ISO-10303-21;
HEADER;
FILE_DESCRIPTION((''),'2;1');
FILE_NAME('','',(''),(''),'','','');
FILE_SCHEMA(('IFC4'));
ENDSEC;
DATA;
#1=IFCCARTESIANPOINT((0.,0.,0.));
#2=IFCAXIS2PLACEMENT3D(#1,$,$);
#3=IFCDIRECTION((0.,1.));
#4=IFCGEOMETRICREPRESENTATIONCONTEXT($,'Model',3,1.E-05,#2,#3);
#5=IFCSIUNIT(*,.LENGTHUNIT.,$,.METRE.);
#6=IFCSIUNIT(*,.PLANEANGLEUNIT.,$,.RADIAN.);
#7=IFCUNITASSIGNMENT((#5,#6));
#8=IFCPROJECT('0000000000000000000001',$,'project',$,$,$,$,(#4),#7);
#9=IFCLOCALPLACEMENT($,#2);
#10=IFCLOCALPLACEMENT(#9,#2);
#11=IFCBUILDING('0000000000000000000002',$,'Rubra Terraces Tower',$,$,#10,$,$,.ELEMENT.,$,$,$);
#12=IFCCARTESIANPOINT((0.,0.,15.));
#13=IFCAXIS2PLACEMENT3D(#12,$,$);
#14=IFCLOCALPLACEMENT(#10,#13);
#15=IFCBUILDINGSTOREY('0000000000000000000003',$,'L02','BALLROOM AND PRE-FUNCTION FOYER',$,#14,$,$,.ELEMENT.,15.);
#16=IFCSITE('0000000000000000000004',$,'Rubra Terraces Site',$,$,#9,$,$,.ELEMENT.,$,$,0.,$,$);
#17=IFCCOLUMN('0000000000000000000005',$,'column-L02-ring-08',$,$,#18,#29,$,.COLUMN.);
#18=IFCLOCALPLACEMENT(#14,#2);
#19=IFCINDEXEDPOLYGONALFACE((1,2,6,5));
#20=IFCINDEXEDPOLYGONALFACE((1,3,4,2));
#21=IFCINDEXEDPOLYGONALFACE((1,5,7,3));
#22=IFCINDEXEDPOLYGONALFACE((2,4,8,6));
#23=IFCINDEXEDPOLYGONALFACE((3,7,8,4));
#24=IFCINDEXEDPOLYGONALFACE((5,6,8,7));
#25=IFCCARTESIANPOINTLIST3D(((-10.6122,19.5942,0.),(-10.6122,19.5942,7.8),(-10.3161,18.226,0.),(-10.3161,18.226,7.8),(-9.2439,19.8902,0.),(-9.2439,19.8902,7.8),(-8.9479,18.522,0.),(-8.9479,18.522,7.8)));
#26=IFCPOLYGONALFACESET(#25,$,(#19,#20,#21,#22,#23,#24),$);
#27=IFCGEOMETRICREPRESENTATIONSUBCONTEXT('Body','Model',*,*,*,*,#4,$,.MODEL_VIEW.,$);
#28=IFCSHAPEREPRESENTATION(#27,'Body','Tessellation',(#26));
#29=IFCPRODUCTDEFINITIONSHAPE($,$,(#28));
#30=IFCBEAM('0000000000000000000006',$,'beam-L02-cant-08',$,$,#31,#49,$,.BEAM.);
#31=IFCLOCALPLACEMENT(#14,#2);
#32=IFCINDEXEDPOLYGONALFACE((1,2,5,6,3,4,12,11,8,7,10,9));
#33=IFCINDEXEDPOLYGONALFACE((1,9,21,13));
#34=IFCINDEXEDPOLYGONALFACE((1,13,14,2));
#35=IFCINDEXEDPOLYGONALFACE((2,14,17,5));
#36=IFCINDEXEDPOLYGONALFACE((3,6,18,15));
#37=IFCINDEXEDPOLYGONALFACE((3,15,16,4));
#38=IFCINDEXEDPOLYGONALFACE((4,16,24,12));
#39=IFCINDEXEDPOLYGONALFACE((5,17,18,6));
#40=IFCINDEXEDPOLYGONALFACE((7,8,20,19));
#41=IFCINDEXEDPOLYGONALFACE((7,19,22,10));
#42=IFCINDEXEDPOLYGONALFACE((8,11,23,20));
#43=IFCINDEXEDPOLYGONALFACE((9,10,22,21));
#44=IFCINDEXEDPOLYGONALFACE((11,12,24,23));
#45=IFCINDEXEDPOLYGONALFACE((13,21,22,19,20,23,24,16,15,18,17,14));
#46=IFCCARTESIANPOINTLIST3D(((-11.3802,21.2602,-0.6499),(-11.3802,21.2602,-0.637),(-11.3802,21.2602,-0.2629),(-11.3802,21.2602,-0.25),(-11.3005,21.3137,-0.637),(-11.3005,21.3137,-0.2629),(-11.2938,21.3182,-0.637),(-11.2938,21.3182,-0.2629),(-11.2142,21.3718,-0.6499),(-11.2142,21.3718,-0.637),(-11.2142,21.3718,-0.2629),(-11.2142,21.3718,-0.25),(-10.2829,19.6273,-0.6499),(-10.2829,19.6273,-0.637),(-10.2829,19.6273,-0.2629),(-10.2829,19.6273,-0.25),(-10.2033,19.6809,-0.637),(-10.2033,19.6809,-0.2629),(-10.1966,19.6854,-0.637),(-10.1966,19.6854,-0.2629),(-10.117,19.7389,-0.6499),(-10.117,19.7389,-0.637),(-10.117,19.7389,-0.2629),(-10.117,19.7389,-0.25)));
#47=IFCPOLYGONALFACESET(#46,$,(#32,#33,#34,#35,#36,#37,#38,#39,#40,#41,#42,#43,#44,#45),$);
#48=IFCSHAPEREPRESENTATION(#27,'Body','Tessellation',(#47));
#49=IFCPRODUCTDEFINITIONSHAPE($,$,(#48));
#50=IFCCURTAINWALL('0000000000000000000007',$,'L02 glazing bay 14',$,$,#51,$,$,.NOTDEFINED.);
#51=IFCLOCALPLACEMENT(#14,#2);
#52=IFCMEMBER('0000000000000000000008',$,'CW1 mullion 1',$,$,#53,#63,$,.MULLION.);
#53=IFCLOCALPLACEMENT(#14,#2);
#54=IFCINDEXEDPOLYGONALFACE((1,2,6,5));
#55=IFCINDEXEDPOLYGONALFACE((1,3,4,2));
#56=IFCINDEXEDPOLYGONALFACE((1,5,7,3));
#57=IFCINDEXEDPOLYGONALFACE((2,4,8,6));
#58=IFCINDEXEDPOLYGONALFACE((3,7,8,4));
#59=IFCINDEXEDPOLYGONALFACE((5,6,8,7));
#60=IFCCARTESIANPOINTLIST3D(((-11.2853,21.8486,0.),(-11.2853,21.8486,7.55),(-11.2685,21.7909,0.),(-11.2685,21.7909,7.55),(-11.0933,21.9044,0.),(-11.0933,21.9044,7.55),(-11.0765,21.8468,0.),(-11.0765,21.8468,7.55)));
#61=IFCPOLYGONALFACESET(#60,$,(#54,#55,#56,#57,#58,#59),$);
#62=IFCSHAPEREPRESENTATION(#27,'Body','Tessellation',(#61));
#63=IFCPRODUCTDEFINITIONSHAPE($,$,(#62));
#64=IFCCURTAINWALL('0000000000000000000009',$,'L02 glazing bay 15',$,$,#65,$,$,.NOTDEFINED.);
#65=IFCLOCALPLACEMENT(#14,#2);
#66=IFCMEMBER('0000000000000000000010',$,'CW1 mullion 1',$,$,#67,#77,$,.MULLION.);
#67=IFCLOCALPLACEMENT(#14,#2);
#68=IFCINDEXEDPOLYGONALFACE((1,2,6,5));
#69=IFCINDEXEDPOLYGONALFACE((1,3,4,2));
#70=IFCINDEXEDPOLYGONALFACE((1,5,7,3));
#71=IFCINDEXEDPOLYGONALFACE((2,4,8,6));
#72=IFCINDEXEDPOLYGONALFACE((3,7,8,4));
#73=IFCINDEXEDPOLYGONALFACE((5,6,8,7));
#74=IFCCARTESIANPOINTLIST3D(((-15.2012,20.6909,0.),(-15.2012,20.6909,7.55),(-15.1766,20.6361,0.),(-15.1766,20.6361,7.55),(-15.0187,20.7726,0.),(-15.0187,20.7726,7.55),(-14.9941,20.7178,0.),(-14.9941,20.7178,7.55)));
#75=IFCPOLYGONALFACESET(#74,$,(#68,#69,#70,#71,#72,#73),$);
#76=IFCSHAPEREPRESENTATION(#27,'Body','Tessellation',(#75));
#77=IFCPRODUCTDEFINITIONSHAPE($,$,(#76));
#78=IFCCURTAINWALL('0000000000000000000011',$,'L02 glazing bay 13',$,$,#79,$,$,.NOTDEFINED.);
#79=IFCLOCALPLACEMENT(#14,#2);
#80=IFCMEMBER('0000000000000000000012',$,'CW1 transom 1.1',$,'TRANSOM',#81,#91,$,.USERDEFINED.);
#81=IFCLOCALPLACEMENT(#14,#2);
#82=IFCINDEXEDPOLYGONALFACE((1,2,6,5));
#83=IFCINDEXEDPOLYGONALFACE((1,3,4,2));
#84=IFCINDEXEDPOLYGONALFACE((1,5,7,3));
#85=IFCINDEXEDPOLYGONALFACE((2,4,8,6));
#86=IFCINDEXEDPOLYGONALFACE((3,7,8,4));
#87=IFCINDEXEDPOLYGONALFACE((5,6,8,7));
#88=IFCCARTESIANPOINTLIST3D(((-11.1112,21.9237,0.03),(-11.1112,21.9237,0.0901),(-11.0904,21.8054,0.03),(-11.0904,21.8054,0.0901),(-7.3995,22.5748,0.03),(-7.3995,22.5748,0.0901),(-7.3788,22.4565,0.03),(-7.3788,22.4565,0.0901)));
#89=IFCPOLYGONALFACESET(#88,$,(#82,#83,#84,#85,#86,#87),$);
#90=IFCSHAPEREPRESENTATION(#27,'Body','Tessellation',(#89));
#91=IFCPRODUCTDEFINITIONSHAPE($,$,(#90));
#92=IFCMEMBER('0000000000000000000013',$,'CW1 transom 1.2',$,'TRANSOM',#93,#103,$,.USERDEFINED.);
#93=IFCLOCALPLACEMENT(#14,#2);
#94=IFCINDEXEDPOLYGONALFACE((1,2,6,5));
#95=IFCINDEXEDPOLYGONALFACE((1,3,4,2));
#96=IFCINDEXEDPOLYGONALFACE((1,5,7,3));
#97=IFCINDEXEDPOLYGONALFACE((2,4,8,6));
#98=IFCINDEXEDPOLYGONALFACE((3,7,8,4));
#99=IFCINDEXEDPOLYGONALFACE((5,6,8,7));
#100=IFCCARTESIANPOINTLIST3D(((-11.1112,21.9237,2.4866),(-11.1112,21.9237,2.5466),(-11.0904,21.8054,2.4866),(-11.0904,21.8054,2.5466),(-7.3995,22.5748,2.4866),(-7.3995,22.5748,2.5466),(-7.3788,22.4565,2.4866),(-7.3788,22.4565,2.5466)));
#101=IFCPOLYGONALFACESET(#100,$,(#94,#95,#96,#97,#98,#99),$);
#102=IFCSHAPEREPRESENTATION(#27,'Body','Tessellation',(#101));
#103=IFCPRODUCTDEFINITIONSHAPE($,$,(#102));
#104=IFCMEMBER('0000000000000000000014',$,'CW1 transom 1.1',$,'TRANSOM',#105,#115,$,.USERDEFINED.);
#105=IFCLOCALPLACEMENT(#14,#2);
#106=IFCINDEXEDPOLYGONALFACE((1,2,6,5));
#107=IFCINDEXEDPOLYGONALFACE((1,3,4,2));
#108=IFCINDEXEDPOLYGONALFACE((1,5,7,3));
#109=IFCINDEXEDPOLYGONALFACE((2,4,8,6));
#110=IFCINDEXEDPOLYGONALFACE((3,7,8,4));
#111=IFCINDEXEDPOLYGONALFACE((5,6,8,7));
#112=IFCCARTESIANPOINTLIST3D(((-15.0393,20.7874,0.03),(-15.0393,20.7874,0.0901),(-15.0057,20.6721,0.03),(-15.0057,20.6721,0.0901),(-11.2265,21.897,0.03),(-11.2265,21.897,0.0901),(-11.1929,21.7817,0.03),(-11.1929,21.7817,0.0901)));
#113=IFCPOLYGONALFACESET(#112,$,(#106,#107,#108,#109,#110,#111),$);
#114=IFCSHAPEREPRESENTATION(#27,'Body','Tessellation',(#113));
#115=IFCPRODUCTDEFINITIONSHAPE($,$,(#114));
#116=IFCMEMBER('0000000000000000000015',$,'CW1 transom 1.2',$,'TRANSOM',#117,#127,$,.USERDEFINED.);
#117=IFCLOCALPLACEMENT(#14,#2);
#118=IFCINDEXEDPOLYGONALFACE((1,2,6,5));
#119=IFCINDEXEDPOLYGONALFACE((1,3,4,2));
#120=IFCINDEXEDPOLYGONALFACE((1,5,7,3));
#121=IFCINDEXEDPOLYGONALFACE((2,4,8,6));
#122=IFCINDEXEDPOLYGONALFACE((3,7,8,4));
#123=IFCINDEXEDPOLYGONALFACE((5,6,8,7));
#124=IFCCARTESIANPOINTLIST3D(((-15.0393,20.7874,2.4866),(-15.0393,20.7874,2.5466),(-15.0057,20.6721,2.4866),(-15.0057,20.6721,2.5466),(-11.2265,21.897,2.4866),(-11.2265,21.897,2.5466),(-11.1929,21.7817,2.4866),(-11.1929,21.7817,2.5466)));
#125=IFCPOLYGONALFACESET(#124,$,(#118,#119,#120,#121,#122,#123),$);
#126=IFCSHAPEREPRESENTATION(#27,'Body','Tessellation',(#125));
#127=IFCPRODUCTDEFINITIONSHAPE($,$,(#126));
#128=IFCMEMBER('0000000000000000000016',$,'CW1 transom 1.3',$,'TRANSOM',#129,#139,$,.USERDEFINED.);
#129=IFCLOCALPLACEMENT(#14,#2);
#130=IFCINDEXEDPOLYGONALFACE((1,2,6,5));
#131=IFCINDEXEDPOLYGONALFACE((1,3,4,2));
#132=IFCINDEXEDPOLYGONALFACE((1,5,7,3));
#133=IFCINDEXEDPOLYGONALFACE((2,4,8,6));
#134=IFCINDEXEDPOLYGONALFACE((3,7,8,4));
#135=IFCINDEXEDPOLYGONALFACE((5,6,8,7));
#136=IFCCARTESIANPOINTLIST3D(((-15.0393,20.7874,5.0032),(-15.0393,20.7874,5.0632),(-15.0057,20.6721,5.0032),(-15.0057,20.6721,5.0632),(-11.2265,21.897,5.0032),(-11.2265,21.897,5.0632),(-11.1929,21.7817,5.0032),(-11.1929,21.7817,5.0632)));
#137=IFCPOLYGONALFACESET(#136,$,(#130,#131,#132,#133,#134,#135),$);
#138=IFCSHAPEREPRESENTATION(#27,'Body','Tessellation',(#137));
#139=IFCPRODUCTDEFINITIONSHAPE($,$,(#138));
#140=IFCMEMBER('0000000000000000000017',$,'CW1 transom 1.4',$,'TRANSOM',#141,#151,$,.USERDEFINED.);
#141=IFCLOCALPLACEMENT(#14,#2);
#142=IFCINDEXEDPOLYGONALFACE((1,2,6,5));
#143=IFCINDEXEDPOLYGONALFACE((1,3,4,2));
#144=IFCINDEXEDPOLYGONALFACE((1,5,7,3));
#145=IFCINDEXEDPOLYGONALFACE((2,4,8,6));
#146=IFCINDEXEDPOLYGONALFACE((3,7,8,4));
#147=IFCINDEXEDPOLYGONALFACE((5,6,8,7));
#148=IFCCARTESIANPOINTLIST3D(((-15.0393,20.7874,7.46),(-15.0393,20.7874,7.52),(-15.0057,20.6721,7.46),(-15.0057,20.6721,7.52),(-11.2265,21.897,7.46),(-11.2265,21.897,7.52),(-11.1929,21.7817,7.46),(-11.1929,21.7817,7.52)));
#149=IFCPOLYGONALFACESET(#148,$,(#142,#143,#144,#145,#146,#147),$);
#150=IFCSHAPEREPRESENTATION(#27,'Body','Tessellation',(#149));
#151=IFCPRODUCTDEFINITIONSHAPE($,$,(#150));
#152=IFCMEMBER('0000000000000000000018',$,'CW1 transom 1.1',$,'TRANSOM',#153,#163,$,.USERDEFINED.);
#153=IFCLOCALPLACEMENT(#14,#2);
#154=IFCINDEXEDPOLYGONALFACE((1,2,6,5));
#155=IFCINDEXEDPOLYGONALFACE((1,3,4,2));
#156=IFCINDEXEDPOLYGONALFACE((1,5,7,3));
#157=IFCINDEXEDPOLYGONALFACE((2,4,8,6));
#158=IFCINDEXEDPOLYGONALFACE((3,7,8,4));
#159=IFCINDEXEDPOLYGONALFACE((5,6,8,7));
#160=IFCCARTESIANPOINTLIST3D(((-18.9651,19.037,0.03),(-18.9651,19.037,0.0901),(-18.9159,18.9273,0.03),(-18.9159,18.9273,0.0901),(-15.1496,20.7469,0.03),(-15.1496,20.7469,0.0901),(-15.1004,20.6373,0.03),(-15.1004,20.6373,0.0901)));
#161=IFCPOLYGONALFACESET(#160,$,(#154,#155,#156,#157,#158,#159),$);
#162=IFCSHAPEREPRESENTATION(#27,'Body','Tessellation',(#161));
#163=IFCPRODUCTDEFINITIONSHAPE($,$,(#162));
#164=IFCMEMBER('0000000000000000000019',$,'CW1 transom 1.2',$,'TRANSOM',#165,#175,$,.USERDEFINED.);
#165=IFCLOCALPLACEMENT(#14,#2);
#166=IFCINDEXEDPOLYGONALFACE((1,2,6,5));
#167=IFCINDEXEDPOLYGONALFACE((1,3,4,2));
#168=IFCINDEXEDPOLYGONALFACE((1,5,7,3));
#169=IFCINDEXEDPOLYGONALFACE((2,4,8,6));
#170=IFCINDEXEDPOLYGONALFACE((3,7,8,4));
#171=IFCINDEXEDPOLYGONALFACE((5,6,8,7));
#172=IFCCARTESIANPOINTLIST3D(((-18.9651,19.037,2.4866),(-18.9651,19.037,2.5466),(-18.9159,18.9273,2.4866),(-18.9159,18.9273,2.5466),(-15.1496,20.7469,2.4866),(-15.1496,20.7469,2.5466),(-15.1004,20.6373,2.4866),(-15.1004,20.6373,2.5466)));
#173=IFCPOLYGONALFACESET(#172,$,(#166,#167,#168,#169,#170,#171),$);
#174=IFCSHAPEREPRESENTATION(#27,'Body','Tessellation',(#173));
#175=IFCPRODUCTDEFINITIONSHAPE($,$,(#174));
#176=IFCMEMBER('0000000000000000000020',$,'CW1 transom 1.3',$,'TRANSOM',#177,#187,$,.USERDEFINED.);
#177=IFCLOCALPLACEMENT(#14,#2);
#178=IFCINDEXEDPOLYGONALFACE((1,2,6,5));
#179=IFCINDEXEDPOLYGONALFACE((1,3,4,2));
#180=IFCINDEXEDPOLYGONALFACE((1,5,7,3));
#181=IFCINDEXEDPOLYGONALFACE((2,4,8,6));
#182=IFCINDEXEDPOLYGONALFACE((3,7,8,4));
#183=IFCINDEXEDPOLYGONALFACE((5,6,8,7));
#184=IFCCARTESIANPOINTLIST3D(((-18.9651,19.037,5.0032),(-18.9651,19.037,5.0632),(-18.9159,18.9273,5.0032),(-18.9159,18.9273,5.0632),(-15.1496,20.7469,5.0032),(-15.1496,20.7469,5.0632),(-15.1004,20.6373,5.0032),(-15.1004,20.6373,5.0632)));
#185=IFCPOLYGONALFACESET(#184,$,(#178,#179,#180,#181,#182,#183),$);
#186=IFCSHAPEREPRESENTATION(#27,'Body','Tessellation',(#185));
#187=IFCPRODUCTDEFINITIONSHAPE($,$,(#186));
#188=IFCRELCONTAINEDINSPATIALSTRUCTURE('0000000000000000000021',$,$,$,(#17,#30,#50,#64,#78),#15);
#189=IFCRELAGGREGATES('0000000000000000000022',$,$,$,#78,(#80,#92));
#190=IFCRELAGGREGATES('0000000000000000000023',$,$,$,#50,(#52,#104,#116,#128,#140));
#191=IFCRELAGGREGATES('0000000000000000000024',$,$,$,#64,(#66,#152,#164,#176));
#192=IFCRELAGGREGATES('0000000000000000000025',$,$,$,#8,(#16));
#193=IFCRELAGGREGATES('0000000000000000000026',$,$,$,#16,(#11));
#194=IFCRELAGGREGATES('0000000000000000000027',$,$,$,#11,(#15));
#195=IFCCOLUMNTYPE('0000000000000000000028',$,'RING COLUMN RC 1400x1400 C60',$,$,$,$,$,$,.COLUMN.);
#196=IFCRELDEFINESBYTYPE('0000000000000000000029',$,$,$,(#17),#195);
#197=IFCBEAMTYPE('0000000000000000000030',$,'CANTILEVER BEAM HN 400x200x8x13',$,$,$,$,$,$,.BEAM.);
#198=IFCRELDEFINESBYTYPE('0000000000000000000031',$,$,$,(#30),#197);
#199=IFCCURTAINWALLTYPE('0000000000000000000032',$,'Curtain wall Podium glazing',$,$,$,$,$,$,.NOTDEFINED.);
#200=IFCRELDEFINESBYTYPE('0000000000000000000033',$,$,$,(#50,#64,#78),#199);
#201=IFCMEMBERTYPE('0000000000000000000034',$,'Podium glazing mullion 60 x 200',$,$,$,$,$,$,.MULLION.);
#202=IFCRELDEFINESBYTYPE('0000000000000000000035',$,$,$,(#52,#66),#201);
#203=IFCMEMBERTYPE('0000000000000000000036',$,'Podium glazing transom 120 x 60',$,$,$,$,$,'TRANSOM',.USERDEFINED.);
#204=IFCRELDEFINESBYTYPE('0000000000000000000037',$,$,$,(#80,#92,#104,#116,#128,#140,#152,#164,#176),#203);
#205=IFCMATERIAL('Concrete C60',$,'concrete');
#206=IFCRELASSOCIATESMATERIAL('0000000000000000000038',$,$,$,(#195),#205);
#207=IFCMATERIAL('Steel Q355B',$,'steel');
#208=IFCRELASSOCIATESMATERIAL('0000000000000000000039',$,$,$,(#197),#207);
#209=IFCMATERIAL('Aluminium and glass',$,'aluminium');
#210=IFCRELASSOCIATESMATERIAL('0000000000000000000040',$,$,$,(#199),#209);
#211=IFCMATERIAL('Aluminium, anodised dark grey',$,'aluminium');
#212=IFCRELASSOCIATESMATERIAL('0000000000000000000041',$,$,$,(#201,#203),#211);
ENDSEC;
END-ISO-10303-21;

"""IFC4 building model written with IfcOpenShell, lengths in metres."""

from ifc_helpers import new_model, si_unit, direction, frame, origin, origin_2d, place, context, subcontext, project, spatial, rectangle, i_section, extrude, material, material_profile, profile_set, type_object, element, aggregate, save


model = new_model("IFC4")

# Units and contexts
model_context = context("Model", 3, precision=1e-05, world=origin(), true_north=direction((0.0, 1.0)))
body_context = subcontext(model_context, "Body", "Model", "MODEL_VIEW")
ifc_project = project(units=[si_unit("LENGTHUNIT", "METRE"), si_unit("PLANEANGLEUNIT", "RADIAN")], contexts=[model_context])

# Site, building, storey
site_placement = place(None, origin())
site = spatial("IfcSite", under=ifc_project, at=site_placement, Name="Rubra Terraces Site", CompositionType="ELEMENT", RefElevation=0.0)
building_placement = place(site_placement, origin())
building = spatial("IfcBuilding", under=site, at=building_placement, Name="Rubra Terraces Tower", CompositionType="ELEMENT")
storey_placement = place(building_placement, frame((0.0, 0.0, 15.0)))
storey = spatial("IfcBuildingStorey", under=building, at=storey_placement, Name="L02", Description="BALLROOM AND PRE-FUNCTION FOYER", CompositionType="ELEMENT", Elevation=15.0)

# Column
ifc_material_1 = material(Name="Concrete C60", Category="concrete")
ifc_material_profile_1 = material_profile(ifc_material_1, rectangle(XDim=1.3999, YDim=1.3999, at=origin_2d()), Name="RC 1400x1400")
ifc_profile_set_1 = profile_set([ifc_material_profile_1], Name="Concrete C60")
column_type = type_object("IfcColumnType", Name="RING COLUMN RC 1400x1400 C60", PredefinedType="COLUMN", material=ifc_profile_set_1)
column_placement = place(storey_placement, frame((-9.78, 19.0581, 0.0), z_axis=(0.0, 0.0, 1.0), x_axis=(-0.977386, -0.211462, 0.0)))
element("IfcColumn", 1, at=column_placement, inside=storey, type_object=column_type, Name="column-L02-ring-08", PredefinedType="COLUMN", context=body_context, shape_type="SweptSolid", body=[
    extrude(rectangle(XDim=1.3999, YDim=1.3999, at=origin_2d()), origin(), (0.0, 0.0, 1.0), 7.8),
])

# Beam
ifc_material_2 = material(Name="Steel Q355B", Category="steel")
ifc_material_profile_2 = material_profile(ifc_material_2, i_section(OverallWidth=0.2, OverallDepth=0.3999, WebThickness=0.0081, FlangeThickness=0.0129, at=origin_2d()), Name="HN 400x200x8x13")
ifc_profile_set_2 = profile_set([ifc_material_profile_2], Name="Steel Q355B")
beam_type = type_object("IfcBeamType", Name="CANTILEVER BEAM HN 400x200x8x13", PredefinedType="BEAM", material=ifc_profile_set_2)
beam_placement = place(storey_placement, frame((-10.2, 19.6831, -0.45), z_axis=(-0.557732, 0.830021, 0.0), x_axis=(-0.830021, -0.557732, 0.0)))
element("IfcBeam", 2, at=beam_placement, inside=storey, type_object=beam_type, Name="beam-L02-cant-08", PredefinedType="BEAM", context=body_context, shape_type="SweptSolid", body=[
    extrude(i_section(OverallWidth=0.2, OverallDepth=0.3999, WebThickness=0.0081, FlangeThickness=0.0129, at=origin_2d()), origin(), (0.0, 0.0, 1.0), 1.9673),
])

# Curtain walls, members
ifc_material_3 = material(Name="Aluminium and glass", Category="aluminium")
curtain_wall_type = type_object("IfcCurtainWallType", Name="Curtain wall Podium glazing", PredefinedType="NOTDEFINED", material=ifc_material_3)
curtain_wall_1_placement = place(storey_placement, origin())
curtain_wall_1 = element("IfcCurtainWall", 3, at=curtain_wall_1_placement, inside=storey, type_object=curtain_wall_type, Name="L02 glazing bay 14", PredefinedType="NOTDEFINED")
ifc_material_4 = material(Name="Aluminium, anodised dark grey", Category="aluminium")
ifc_material_profile_3 = material_profile(ifc_material_4, rectangle(XDim=0.0601, YDim=0.2, at=origin_2d()), Name="AL 60x200")
ifc_profile_set_3 = profile_set([ifc_material_profile_3], Name="Aluminium, anodised dark grey")
member_type_1 = type_object("IfcMemberType", Name="Podium glazing mullion 60 x 200", PredefinedType="MULLION", material=ifc_profile_set_3)
member_1_placement = place(storey_placement, frame((-11.1809, 21.8477, 0.0), z_axis=(0.0, 0.0, 1.0), x_axis=(0.279399, -0.960175, 0.0)))
member_1 = element("IfcMember", 4, at=member_1_placement, type_object=member_type_1, Name="CW1 mullion 1", PredefinedType="MULLION", context=body_context, shape_type="SweptSolid", body=[
    extrude(rectangle(XDim=0.0601, YDim=0.2, at=origin_2d()), origin(), (0.0, 0.0, 1.0), 7.55),
])
curtain_wall_2_placement = place(storey_placement, origin())
curtain_wall_2 = element("IfcCurtainWall", 5, at=curtain_wall_2_placement, inside=storey, type_object=curtain_wall_type, Name="L02 glazing bay 15", PredefinedType="NOTDEFINED")
member_2_placement = place(storey_placement, frame((-15.0977, 20.7043, 0.0), z_axis=(0.0, 0.0, 1.0), x_axis=(0.408962, -0.912551, 0.0)))
member_2 = element("IfcMember", 6, at=member_2_placement, type_object=member_type_1, Name="CW1 mullion 1", PredefinedType="MULLION", context=body_context, shape_type="SweptSolid", body=[
    extrude(rectangle(XDim=0.0601, YDim=0.2, at=origin_2d()), origin(), (0.0, 0.0, 1.0), 7.55),
])

# Curtain wall, members
curtain_wall_3_placement = place(storey_placement, origin())
curtain_wall_3 = element("IfcCurtainWall", 7, at=curtain_wall_3_placement, inside=storey, type_object=curtain_wall_type, Name="L02 glazing bay 13", PredefinedType="NOTDEFINED")
ifc_material_profile_4 = material_profile(ifc_material_4, rectangle(XDim=0.1201, YDim=0.0601, at=origin_2d()), Name="AL 120x60")
ifc_profile_set_4 = profile_set([ifc_material_profile_4], Name="Aluminium, anodised dark grey")
member_type_2 = type_object("IfcMemberType", Name="Podium glazing transom 120 x 60", ElementType="TRANSOM", PredefinedType="USERDEFINED", material=ifc_profile_set_4)
member_3_placement = place(storey_placement, frame((-7.3892, 22.5156, 0.0601), z_axis=(-0.984959, -0.172787, 0.0), x_axis=(0.172787, -0.984959, 0.0)))
member_3 = element("IfcMember", 8, at=member_3_placement, type_object=member_type_2, Name="CW1 transom 1.1", ObjectType="TRANSOM", PredefinedType="USERDEFINED", context=body_context, shape_type="SweptSolid", body=[
    extrude(rectangle(XDim=0.1201, YDim=0.0601, at=origin_2d()), origin(), (0.0, 0.0, 1.0), 3.7683),
])
member_4_placement = place(storey_placement, frame((-7.3892, 22.5156, 2.5166), z_axis=(-0.984959, -0.172787, 0.0), x_axis=(0.172787, -0.984959, 0.0)))
member_4 = element("IfcMember", 9, at=member_4_placement, type_object=member_type_2, Name="CW1 transom 1.2", ObjectType="TRANSOM", PredefinedType="USERDEFINED", context=body_context, shape_type="SweptSolid", body=[
    extrude(rectangle(XDim=0.1201, YDim=0.0601, at=origin_2d()), origin(), (0.0, 0.0, 1.0), 3.7683),
])

# Members
member_5_placement = place(storey_placement, frame((-11.2097, 21.8394, 0.0601), z_axis=(-0.960164, -0.279436, 0.0), x_axis=(0.279436, -0.960164, 0.0)))
member_5 = element("IfcMember", 10, at=member_5_placement, type_object=member_type_2, Name="CW1 transom 1.1", ObjectType="TRANSOM", PredefinedType="USERDEFINED", context=body_context, shape_type="SweptSolid", body=[
    extrude(rectangle(XDim=0.1201, YDim=0.0601, at=origin_2d()), origin(), (0.0, 0.0, 1.0), 3.9709),
])
member_6_placement = place(storey_placement, frame((-11.2097, 21.8394, 2.5166), z_axis=(-0.960164, -0.279436, 0.0), x_axis=(0.279436, -0.960164, 0.0)))
member_6 = element("IfcMember", 11, at=member_6_placement, type_object=member_type_2, Name="CW1 transom 1.2", ObjectType="TRANSOM", PredefinedType="USERDEFINED", context=body_context, shape_type="SweptSolid", body=[
    extrude(rectangle(XDim=0.1201, YDim=0.0601, at=origin_2d()), origin(), (0.0, 0.0, 1.0), 3.9709),
])
member_7_placement = place(storey_placement, frame((-11.2097, 21.8394, 5.0332), z_axis=(-0.960164, -0.279436, 0.0), x_axis=(0.279436, -0.960164, 0.0)))
member_7 = element("IfcMember", 12, at=member_7_placement, type_object=member_type_2, Name="CW1 transom 1.3", ObjectType="TRANSOM", PredefinedType="USERDEFINED", context=body_context, shape_type="SweptSolid", body=[
    extrude(rectangle(XDim=0.1201, YDim=0.0601, at=origin_2d()), origin(), (0.0, 0.0, 1.0), 3.9709),
])
member_8_placement = place(storey_placement, frame((-11.2097, 21.8394, 7.49), z_axis=(-0.960164, -0.279436, 0.0), x_axis=(0.279436, -0.960164, 0.0)))
member_8 = element("IfcMember", 13, at=member_8_placement, type_object=member_type_2, Name="CW1 transom 1.4", ObjectType="TRANSOM", PredefinedType="USERDEFINED", context=body_context, shape_type="SweptSolid", body=[
    extrude(rectangle(XDim=0.1201, YDim=0.0601, at=origin_2d()), origin(), (0.0, 0.0, 1.0), 3.9709),
])
member_9_placement = place(storey_placement, frame((-15.125, 20.6921, 0.0601), z_axis=(-0.912545, -0.408975, 0.0), x_axis=(0.408975, -0.912545, 0.0)))
member_9 = element("IfcMember", 14, at=member_9_placement, type_object=member_type_2, Name="CW1 transom 1.1", ObjectType="TRANSOM", PredefinedType="USERDEFINED", context=body_context, shape_type="SweptSolid", body=[
    extrude(rectangle(XDim=0.1201, YDim=0.0601, at=origin_2d()), origin(), (0.0, 0.0, 1.0), 4.1812),
])
member_10_placement = place(storey_placement, frame((-15.125, 20.6921, 2.5166), z_axis=(-0.912545, -0.408975, 0.0), x_axis=(0.408975, -0.912545, 0.0)))
member_10 = element("IfcMember", 15, at=member_10_placement, type_object=member_type_2, Name="CW1 transom 1.2", ObjectType="TRANSOM", PredefinedType="USERDEFINED", context=body_context, shape_type="SweptSolid", body=[
    extrude(rectangle(XDim=0.1201, YDim=0.0601, at=origin_2d()), origin(), (0.0, 0.0, 1.0), 4.1812),
])
member_11_placement = place(storey_placement, frame((-15.125, 20.6921, 5.0332), z_axis=(-0.912545, -0.408975, 0.0), x_axis=(0.408975, -0.912545, 0.0)))
member_11 = element("IfcMember", 16, at=member_11_placement, type_object=member_type_2, Name="CW1 transom 1.3", ObjectType="TRANSOM", PredefinedType="USERDEFINED", context=body_context, shape_type="SweptSolid", body=[
    extrude(rectangle(XDim=0.1201, YDim=0.0601, at=origin_2d()), origin(), (0.0, 0.0, 1.0), 4.1812),
])

aggregate(curtain_wall_3, [member_3, member_4])
aggregate(curtain_wall_1, [member_1, member_5, member_6, member_7, member_8])
aggregate(curtain_wall_2, [member_2, member_9, member_10, member_11])

save(model, "model.ifc")
